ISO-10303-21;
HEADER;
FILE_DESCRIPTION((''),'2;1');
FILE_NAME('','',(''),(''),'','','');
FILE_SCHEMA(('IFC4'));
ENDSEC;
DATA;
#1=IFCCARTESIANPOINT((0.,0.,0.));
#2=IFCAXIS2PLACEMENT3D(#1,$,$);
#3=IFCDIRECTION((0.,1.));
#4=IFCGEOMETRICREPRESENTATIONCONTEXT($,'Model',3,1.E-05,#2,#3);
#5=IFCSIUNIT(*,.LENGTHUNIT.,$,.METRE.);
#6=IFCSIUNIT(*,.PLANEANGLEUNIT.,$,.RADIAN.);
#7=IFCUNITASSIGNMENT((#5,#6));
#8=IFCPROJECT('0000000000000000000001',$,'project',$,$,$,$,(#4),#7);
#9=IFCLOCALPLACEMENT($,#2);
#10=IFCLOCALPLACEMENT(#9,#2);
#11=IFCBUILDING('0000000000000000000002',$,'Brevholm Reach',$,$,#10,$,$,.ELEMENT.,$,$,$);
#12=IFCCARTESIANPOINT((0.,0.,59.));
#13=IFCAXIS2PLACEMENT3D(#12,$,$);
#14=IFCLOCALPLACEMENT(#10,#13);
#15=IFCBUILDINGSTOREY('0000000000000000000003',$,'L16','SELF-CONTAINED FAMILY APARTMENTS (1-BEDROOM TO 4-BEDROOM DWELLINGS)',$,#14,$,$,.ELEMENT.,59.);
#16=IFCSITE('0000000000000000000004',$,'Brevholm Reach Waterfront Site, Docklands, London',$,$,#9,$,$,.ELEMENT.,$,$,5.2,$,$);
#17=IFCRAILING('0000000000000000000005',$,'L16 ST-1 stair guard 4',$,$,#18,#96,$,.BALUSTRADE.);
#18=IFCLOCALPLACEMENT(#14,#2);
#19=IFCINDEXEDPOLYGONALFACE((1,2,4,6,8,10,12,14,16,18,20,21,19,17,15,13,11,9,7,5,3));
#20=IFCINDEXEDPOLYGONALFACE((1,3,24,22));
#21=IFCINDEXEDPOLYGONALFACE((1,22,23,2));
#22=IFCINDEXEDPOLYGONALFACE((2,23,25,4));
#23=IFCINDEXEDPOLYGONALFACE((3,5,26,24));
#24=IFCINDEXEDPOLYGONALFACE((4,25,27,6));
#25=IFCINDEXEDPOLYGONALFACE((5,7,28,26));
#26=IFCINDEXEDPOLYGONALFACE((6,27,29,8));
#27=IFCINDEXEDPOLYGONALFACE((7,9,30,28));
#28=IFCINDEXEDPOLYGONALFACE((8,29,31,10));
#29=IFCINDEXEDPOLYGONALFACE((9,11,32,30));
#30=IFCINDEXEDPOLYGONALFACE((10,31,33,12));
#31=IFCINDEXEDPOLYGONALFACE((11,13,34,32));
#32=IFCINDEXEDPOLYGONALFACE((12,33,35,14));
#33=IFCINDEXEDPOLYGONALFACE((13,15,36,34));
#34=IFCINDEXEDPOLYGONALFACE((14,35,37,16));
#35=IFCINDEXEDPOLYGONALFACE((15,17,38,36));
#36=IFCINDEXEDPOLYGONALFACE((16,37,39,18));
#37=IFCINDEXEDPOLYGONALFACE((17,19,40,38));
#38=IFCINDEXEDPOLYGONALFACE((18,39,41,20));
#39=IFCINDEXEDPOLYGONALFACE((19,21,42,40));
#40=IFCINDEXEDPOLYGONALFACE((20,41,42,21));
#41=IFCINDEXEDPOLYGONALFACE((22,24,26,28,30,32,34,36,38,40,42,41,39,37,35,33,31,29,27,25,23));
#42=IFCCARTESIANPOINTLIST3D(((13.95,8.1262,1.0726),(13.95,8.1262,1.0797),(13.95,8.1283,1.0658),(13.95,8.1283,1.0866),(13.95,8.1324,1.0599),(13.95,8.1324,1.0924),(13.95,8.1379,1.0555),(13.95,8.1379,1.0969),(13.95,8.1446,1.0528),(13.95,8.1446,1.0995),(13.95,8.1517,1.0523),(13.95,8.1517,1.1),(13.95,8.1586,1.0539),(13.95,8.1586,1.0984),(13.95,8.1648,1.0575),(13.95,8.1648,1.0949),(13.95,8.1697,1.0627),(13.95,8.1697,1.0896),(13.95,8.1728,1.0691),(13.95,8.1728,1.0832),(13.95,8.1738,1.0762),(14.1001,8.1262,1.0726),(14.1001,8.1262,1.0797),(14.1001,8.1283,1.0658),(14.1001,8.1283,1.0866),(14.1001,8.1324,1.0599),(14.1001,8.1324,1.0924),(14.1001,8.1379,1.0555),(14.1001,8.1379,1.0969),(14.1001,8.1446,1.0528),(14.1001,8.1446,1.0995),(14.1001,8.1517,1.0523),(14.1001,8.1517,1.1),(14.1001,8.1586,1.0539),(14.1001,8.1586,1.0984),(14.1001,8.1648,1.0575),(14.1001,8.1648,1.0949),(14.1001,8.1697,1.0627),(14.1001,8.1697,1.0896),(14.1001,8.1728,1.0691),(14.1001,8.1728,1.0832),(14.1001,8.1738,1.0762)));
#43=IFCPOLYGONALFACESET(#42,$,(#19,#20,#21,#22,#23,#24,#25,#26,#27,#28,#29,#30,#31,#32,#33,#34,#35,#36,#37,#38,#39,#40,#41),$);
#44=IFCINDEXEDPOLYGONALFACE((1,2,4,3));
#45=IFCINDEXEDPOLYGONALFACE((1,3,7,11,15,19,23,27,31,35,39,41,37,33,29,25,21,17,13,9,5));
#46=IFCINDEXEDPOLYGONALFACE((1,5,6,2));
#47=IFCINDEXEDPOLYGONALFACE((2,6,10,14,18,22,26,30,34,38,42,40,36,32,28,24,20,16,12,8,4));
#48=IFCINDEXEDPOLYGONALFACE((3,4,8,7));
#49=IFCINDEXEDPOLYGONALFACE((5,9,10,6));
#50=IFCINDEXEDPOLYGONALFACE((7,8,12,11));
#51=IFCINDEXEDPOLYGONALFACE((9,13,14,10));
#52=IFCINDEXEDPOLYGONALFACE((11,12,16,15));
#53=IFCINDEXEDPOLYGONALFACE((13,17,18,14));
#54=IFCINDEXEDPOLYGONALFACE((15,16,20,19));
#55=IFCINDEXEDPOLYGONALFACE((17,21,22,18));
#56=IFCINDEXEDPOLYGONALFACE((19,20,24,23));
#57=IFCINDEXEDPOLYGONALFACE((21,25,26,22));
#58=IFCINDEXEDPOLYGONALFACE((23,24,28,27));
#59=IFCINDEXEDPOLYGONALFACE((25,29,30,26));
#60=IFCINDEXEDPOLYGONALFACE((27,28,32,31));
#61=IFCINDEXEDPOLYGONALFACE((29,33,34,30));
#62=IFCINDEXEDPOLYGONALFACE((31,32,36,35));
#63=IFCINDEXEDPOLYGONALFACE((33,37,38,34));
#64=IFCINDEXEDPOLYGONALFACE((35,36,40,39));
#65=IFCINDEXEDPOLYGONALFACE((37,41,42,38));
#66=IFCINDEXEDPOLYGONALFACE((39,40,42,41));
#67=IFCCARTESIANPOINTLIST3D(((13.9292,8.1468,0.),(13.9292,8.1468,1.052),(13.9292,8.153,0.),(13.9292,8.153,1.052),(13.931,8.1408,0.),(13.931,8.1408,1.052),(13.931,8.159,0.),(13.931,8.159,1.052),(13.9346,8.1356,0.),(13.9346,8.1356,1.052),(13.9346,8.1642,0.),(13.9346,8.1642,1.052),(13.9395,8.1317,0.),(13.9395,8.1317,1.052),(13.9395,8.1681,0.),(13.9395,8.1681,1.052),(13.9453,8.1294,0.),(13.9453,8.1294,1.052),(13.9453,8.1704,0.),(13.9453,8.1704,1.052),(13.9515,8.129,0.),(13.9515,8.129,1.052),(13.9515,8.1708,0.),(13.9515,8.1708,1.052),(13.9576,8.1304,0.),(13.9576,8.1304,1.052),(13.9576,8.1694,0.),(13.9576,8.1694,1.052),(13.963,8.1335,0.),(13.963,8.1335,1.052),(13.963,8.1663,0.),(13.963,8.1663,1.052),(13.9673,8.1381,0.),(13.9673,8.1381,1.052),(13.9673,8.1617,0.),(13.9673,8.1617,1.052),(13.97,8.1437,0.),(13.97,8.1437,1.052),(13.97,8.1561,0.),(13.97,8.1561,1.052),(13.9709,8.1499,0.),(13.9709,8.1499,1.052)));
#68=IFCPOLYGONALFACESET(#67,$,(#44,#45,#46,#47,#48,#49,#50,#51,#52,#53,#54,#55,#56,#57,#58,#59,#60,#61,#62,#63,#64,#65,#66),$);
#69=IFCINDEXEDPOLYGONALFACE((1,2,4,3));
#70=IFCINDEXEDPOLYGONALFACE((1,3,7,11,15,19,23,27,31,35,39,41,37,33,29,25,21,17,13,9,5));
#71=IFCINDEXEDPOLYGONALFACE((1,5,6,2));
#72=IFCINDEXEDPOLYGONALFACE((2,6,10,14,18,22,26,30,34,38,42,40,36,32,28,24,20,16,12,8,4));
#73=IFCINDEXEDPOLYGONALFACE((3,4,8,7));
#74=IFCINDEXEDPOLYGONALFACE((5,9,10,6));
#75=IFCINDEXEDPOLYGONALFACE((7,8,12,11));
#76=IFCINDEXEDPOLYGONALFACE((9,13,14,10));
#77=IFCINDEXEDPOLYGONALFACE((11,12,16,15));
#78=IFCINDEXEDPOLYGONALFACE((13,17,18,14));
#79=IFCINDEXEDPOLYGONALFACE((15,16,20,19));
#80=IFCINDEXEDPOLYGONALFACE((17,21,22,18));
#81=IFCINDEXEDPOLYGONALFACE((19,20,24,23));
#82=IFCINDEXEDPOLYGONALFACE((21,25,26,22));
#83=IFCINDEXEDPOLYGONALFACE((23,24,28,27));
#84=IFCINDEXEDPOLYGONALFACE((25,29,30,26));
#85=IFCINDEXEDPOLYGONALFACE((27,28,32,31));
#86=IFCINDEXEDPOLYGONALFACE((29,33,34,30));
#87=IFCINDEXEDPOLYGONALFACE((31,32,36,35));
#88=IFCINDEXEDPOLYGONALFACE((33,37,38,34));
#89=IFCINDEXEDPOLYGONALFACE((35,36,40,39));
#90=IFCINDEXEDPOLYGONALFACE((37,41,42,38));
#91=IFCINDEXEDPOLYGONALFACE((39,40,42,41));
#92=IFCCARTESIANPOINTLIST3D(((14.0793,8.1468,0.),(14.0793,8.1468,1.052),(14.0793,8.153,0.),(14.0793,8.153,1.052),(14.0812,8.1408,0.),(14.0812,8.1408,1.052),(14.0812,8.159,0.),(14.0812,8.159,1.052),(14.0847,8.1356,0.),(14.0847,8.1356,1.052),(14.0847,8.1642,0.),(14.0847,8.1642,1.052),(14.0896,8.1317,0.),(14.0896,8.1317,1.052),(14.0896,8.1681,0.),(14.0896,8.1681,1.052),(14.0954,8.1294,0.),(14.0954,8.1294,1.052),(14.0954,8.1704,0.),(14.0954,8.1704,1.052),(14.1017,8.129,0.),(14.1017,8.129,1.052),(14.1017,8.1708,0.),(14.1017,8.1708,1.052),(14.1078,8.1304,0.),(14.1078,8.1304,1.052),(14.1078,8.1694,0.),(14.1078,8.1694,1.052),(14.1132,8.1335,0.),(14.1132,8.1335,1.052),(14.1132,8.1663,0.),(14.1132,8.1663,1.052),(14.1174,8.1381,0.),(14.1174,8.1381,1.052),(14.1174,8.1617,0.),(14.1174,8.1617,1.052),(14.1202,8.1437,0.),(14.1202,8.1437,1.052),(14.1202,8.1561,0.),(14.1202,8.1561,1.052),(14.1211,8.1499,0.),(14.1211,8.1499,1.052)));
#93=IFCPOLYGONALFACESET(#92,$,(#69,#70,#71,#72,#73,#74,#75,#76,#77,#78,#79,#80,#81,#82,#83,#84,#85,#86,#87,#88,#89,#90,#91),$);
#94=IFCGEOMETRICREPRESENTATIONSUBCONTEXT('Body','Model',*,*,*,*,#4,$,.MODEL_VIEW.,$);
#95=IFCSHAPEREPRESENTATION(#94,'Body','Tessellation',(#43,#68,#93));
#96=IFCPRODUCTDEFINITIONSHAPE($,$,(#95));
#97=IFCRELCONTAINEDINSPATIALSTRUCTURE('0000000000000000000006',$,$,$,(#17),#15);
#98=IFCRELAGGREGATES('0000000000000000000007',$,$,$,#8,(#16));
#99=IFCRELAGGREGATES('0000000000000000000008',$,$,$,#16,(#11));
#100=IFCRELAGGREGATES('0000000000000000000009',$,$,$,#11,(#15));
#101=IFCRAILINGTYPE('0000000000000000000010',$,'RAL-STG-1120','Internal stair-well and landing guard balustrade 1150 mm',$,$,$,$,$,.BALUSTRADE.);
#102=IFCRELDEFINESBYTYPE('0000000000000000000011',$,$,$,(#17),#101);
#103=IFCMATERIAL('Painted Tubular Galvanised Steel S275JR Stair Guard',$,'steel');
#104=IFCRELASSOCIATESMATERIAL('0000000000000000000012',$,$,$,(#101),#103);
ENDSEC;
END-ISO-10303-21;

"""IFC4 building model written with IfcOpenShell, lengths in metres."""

from ifc_helpers import new_model, si_unit, direction, frame, origin, origin_2d, place, context, subcontext, project, spatial, circle, extrude, material, type_object, element, save


model = new_model("IFC4")

# Units and contexts
model_context = context("Model", 3, precision=1e-05, world=origin(), true_north=direction((0.0, 1.0)))
body_context = subcontext(model_context, "Body", "Model", "MODEL_VIEW")
ifc_project = project(units=[si_unit("LENGTHUNIT", "METRE"), si_unit("PLANEANGLEUNIT", "RADIAN")], contexts=[model_context])

# Site, building, storey
site_placement = place(None, origin())
site = spatial("IfcSite", under=ifc_project, at=site_placement, Name="Brevholm Reach Waterfront Site, Docklands, London", CompositionType="ELEMENT", RefElevation=5.2)
building_placement = place(site_placement, origin())
building = spatial("IfcBuilding", under=site, at=building_placement, Name="Brevholm Reach", CompositionType="ELEMENT")
storey_placement = place(building_placement, frame((0.0, 0.0, 59.0)))
storey = spatial("IfcBuildingStorey", under=building, at=storey_placement, Name="L16", Description="SELF-CONTAINED FAMILY APARTMENTS (1-BEDROOM TO 4-BEDROOM DWELLINGS)", CompositionType="ELEMENT", Elevation=59.0)

# Railing
ifc_material_1 = material(Name="Painted Tubular Galvanised Steel S275JR Stair Guard", Category="steel")
railing_type_1 = type_object("IfcRailingType", Name="RAL-STG-1120", Description="Internal stair-well and landing guard balustrade 1150 mm", PredefinedType="BALUSTRADE", material=ifc_material_1)
railing_1_placement = place(storey_placement, frame((13.95, 8.1499, 0.0)))
element("IfcRailing", 1, at=railing_1_placement, inside=storey, type_object=railing_type_1, Name="L16 ST-1 stair guard 4", PredefinedType="BALUSTRADE", context=body_context, shape_type="SweptSolid", body=[
    extrude(circle(Radius=0.0239, at=origin_2d()), frame((0.0, 0.0, 1.0762), z_axis=(1.0, 0.0, 0.0), x_axis=(0.0, 1.0, 0.0)), (0.0, 0.0, 1.0), 0.1501),
    extrude(circle(Radius=0.021, at=origin_2d()), origin(), (0.0, 0.0, 1.0), 1.052),
    extrude(circle(Radius=0.021, at=origin_2d()), frame((0.1501, 0.0, 0.0)), (0.0, 0.0, 1.0), 1.052),
])

save(model, "model.ifc")
